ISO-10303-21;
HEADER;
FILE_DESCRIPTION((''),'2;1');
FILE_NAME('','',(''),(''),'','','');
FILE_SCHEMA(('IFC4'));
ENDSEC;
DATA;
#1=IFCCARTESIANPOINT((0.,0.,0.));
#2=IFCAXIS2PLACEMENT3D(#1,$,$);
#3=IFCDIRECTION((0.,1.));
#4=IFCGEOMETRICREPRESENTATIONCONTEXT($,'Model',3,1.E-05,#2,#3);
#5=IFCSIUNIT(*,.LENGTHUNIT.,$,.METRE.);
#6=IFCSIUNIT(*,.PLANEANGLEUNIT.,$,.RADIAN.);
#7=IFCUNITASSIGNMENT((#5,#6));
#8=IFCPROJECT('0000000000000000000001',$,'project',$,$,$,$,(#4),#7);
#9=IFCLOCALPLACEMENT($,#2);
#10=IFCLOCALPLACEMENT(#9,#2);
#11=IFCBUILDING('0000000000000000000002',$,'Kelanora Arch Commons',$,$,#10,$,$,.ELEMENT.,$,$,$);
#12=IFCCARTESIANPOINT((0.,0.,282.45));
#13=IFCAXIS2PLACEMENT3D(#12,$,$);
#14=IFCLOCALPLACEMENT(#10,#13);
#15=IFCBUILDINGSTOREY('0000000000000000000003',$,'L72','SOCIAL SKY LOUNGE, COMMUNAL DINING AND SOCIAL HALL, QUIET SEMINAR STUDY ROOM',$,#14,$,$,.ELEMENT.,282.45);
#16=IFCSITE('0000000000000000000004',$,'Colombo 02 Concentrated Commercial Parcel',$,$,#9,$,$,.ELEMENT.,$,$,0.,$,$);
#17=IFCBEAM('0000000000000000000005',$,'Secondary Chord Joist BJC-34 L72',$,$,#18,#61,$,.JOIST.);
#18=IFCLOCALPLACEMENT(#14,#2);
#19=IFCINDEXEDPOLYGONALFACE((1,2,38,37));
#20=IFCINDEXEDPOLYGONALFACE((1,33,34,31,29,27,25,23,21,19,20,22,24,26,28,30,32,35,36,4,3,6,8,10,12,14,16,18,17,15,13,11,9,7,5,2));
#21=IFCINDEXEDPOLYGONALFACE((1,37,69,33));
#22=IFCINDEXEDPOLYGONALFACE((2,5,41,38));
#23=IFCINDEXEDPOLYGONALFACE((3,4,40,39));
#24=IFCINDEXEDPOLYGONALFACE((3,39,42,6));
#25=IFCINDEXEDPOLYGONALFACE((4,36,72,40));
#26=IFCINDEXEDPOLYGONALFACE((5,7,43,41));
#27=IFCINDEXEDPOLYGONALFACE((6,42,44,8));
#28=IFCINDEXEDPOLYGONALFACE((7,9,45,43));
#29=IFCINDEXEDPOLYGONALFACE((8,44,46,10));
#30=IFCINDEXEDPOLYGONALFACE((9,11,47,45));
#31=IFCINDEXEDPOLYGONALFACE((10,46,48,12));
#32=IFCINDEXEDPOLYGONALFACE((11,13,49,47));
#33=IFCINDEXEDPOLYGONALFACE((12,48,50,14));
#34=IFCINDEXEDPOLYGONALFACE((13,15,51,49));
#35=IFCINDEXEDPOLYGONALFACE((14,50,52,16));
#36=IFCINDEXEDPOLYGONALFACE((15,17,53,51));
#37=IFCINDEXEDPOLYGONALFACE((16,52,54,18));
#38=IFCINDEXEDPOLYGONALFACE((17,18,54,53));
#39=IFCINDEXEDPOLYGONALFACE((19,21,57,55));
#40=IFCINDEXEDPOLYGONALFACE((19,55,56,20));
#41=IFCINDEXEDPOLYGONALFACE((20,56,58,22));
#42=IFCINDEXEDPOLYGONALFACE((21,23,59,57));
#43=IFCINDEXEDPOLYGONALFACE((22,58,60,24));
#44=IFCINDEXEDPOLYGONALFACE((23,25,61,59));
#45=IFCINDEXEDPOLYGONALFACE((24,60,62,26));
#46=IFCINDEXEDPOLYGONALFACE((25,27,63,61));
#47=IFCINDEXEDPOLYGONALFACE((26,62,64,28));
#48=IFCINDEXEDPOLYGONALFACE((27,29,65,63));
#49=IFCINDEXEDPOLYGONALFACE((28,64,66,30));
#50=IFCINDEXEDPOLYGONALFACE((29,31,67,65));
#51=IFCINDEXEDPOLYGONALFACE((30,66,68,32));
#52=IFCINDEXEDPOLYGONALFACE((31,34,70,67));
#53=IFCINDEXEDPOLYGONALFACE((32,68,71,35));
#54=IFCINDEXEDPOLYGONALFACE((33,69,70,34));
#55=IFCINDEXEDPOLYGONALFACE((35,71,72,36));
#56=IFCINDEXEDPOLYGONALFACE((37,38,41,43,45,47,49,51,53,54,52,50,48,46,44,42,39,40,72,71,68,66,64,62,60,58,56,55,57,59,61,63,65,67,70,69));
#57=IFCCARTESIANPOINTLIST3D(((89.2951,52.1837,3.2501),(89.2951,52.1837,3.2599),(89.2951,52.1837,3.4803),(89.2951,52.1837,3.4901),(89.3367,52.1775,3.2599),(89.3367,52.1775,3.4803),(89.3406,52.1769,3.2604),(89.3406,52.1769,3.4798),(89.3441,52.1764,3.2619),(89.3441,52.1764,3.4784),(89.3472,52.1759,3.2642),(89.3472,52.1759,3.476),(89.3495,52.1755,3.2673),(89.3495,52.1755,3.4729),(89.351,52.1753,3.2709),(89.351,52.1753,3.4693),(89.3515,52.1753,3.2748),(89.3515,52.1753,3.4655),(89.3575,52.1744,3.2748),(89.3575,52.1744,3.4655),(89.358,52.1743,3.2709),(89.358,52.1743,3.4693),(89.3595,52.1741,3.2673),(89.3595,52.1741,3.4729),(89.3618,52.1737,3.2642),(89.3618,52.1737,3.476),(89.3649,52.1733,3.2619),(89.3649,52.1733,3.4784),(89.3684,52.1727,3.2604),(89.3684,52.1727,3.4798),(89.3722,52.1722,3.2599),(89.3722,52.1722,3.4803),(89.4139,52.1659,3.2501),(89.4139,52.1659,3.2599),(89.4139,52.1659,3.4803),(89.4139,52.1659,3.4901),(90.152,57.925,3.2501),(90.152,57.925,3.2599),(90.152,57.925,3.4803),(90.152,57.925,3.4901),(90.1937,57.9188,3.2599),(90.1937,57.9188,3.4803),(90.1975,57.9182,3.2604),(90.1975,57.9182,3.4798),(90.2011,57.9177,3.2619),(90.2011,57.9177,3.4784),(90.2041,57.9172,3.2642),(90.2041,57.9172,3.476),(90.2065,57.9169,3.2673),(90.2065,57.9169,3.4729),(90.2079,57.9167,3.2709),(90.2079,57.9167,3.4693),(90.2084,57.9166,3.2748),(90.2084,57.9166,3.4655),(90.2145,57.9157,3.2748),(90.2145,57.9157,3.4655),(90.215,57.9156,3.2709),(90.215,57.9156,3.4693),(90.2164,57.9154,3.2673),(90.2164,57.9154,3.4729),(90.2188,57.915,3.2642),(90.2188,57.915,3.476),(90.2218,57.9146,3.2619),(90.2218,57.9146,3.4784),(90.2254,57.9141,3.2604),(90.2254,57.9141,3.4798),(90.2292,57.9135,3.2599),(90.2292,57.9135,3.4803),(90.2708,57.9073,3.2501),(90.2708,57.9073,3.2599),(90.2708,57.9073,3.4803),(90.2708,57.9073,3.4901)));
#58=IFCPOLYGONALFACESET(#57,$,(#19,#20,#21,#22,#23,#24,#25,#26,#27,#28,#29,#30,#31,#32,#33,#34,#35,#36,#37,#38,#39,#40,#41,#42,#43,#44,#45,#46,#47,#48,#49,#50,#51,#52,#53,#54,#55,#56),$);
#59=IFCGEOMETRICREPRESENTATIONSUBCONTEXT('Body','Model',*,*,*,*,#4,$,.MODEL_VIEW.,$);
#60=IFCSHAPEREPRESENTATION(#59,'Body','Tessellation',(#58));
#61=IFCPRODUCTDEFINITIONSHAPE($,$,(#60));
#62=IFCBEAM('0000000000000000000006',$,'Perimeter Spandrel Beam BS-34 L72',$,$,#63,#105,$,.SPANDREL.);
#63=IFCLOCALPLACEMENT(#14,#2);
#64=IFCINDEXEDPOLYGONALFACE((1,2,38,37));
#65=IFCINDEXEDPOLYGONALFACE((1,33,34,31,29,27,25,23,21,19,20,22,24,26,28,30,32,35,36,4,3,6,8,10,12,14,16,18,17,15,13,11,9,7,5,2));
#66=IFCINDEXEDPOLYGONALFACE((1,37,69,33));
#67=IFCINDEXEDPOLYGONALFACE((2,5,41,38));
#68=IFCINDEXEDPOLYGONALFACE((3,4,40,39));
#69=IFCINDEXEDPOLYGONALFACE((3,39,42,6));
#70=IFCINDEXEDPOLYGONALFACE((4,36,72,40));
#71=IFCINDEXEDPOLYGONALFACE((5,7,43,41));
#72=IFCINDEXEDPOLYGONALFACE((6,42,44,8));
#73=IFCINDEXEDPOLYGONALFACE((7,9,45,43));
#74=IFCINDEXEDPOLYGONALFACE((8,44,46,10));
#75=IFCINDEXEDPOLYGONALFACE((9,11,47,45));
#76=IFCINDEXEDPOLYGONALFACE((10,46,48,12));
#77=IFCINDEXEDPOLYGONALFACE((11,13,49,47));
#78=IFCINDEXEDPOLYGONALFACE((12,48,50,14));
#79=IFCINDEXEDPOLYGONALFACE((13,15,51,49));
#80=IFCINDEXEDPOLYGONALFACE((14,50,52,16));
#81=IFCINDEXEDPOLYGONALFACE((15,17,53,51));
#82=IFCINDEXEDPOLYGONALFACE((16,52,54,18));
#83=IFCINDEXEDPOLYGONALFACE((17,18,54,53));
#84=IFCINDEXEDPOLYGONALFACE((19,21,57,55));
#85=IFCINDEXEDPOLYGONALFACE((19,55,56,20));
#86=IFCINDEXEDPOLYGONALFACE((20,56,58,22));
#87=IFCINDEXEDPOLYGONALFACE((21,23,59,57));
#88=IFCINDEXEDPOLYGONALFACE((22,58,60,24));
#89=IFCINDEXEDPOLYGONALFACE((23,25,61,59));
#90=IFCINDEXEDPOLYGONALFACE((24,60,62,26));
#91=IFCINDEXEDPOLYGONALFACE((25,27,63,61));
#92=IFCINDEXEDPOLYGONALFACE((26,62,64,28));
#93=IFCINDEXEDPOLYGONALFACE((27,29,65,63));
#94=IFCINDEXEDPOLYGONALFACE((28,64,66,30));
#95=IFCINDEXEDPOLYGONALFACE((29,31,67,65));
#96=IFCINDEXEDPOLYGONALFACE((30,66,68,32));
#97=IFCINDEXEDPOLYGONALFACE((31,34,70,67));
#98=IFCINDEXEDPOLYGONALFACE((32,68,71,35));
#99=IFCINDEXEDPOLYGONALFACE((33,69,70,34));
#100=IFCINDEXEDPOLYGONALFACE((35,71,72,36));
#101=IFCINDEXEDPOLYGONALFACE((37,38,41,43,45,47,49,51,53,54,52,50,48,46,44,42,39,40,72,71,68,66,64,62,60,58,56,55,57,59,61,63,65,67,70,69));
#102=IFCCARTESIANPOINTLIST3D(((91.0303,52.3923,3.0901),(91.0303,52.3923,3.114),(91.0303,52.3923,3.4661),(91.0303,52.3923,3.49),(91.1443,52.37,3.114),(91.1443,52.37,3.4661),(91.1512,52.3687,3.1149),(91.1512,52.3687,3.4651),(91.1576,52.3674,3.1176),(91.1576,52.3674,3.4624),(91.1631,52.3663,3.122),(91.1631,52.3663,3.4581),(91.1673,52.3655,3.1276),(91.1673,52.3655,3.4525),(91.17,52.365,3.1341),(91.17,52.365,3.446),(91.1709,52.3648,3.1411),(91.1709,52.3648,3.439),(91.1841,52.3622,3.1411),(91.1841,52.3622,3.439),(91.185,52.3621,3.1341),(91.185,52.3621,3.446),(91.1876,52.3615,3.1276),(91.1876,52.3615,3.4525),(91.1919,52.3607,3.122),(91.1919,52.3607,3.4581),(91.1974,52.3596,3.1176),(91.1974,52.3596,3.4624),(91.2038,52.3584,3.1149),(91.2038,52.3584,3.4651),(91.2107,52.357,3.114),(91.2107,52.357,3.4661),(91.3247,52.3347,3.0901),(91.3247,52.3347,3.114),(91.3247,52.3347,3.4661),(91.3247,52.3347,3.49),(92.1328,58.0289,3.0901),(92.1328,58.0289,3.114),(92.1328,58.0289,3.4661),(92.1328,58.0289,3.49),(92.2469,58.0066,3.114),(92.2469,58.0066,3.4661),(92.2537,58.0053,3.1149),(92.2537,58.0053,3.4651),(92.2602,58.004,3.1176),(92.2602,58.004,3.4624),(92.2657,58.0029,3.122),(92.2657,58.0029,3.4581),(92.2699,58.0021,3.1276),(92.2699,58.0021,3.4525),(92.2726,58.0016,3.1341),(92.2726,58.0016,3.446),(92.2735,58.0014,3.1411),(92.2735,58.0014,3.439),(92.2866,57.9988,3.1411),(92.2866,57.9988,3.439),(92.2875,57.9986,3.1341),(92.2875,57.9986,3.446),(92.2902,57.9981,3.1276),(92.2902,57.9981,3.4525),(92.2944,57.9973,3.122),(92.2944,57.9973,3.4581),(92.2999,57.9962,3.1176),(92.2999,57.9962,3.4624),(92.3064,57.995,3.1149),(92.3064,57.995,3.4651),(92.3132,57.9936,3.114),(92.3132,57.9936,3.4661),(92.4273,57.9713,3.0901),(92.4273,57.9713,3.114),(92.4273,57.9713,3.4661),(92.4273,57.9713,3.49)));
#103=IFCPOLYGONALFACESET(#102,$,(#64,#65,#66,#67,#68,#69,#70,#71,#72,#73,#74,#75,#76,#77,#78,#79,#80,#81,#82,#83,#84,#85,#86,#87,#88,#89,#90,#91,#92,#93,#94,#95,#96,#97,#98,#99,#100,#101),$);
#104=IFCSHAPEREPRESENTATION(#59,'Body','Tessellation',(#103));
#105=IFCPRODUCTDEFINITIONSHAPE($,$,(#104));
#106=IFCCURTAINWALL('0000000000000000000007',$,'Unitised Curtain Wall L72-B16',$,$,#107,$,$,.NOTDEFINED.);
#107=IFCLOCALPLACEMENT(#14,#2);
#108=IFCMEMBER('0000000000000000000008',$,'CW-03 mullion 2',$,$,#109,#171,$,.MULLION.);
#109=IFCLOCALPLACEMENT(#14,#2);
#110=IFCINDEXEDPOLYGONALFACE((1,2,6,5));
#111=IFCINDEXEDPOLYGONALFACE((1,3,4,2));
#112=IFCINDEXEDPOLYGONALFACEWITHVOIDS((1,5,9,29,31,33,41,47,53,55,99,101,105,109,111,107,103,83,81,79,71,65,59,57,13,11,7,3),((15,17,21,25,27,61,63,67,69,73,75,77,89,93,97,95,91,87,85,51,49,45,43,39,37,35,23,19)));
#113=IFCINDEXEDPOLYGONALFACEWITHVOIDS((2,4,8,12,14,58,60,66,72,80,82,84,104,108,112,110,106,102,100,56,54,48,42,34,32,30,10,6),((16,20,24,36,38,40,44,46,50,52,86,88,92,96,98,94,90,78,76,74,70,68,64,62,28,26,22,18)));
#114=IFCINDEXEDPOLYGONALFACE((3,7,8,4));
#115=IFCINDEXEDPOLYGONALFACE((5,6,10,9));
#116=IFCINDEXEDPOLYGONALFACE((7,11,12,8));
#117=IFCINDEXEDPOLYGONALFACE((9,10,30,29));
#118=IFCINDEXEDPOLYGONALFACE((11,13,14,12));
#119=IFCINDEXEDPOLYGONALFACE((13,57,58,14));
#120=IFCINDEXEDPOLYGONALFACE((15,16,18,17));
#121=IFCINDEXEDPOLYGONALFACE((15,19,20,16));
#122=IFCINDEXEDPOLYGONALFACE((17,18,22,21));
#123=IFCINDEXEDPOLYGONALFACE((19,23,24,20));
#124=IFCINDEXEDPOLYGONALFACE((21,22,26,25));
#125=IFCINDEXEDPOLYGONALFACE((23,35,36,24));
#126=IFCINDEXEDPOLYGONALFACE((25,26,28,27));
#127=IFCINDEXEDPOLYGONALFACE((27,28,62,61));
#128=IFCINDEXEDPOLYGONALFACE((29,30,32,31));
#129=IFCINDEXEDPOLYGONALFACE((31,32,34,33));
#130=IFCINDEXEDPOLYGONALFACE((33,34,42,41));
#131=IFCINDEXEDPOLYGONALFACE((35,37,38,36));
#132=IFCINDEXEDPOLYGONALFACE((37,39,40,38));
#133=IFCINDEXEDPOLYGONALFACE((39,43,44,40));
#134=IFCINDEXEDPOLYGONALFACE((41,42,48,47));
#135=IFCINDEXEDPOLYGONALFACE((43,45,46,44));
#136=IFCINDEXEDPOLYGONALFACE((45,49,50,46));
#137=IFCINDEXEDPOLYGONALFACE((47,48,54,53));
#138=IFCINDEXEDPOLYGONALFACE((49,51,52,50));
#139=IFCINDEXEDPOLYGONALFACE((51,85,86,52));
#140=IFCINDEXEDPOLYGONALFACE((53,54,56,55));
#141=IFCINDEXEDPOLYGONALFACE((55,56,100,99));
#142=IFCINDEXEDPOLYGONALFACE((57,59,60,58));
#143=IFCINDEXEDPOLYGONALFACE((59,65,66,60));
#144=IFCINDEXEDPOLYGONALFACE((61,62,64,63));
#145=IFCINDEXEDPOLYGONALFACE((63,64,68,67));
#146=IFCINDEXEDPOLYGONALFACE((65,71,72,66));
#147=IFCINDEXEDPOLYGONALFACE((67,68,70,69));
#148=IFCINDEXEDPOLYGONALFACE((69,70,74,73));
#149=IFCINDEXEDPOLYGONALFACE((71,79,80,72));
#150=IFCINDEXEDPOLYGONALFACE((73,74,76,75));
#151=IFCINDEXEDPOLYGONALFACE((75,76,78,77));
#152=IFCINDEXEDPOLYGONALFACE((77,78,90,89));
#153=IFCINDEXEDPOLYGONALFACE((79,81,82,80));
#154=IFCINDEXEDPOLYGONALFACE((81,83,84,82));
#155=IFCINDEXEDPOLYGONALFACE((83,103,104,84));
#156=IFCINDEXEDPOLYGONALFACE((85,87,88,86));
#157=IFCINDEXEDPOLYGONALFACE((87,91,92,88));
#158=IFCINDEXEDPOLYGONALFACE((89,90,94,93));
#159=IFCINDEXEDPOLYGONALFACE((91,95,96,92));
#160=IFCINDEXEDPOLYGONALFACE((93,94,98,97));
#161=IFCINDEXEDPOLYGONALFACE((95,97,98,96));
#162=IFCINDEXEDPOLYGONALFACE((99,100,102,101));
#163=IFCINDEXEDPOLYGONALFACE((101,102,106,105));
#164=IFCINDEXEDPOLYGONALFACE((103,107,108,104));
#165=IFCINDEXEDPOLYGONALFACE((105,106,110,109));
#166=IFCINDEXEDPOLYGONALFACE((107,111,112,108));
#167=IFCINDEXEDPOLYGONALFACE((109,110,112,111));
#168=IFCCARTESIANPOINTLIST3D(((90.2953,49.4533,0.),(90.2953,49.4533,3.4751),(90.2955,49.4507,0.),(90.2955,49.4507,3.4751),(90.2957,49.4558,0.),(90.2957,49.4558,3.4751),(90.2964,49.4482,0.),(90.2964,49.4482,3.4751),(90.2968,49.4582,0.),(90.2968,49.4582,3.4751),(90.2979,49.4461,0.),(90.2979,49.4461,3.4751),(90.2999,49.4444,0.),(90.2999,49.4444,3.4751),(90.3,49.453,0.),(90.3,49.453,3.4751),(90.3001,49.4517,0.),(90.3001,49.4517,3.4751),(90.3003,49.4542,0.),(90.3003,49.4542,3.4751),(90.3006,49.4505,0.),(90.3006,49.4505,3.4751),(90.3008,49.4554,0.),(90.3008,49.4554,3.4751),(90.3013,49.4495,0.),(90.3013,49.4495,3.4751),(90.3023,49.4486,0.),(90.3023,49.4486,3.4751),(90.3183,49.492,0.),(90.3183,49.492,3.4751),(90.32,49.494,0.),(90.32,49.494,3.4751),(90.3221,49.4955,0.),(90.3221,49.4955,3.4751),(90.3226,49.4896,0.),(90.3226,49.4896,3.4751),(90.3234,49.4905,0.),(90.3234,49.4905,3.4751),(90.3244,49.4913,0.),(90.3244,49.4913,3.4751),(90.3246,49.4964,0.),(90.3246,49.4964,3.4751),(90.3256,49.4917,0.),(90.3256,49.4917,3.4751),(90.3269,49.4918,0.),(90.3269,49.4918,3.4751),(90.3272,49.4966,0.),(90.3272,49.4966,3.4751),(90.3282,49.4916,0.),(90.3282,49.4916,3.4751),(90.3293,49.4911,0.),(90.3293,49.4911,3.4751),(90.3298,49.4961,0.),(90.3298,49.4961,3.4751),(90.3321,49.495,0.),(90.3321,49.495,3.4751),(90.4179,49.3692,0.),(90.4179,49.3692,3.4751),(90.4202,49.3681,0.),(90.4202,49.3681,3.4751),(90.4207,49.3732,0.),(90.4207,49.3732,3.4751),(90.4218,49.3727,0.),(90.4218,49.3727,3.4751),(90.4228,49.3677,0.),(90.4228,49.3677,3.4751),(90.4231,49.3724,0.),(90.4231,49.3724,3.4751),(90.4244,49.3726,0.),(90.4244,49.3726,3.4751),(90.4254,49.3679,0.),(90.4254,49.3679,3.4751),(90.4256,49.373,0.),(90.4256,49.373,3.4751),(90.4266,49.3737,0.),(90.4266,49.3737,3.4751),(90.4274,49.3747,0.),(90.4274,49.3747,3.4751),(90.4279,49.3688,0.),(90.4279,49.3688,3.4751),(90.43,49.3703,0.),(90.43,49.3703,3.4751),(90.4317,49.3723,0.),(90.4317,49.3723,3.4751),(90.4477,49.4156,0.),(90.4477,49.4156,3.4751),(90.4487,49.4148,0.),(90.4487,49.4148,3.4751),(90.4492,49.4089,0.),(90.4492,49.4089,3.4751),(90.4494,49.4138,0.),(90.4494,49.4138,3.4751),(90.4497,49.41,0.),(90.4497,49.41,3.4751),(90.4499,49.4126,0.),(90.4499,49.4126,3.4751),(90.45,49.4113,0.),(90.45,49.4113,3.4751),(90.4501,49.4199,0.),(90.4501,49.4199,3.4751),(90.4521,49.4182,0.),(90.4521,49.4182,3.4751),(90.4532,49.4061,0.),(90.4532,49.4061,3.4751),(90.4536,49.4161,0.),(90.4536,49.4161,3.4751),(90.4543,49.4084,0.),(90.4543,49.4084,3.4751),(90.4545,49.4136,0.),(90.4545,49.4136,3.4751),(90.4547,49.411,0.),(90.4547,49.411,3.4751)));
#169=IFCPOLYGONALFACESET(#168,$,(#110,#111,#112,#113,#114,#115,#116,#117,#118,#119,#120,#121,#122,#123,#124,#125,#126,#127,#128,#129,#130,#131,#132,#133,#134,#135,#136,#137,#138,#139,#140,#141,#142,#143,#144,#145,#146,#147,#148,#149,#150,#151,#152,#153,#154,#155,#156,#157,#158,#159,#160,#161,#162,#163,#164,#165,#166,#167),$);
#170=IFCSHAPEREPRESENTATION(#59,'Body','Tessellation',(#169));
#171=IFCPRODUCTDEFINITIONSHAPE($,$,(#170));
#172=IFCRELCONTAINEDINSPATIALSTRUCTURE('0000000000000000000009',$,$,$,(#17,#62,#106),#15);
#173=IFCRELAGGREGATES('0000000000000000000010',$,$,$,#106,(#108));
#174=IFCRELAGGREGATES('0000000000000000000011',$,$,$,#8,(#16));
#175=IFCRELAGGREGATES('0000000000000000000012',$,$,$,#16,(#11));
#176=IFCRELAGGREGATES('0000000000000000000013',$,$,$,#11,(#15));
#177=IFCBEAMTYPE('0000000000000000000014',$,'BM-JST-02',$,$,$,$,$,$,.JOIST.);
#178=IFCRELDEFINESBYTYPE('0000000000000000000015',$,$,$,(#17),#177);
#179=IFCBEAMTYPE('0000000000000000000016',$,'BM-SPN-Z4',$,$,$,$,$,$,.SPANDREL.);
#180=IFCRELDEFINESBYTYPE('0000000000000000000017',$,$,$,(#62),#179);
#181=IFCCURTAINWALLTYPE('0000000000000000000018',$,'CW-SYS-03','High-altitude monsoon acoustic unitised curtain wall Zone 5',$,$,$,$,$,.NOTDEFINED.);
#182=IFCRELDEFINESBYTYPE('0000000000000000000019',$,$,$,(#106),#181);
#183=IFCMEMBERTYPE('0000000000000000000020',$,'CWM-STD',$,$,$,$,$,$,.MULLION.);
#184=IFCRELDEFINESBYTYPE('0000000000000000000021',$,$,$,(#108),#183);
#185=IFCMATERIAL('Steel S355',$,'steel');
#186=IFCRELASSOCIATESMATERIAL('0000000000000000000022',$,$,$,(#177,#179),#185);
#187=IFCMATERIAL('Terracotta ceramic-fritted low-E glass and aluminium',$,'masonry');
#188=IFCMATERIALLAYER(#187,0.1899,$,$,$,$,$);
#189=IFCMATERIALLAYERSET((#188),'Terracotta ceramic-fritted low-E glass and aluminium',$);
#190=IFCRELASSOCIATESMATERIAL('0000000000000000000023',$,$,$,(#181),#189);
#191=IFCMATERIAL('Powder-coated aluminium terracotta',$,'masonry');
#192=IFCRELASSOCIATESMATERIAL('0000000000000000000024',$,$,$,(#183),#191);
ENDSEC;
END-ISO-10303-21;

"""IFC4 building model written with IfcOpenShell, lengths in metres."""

from ifc_helpers import new_model, si_unit, direction, frame, origin, origin_2d, place, context, subcontext, project, spatial, hollow_rectangle, i_section, extrude, material, layer, layer_set, material_profile, profile_set, type_object, element, aggregate, save


model = new_model("IFC4")

# Units and contexts
model_context = context("Model", 3, precision=1e-05, world=origin(), true_north=direction((0.0, 1.0)))
body_context = subcontext(model_context, "Body", "Model", "MODEL_VIEW")
ifc_project = project(units=[si_unit("LENGTHUNIT", "METRE"), si_unit("PLANEANGLEUNIT", "RADIAN")], contexts=[model_context])

# Site, building, storey
site_placement = place(None, origin())
site = spatial("IfcSite", under=ifc_project, at=site_placement, Name="Colombo 02 Concentrated Commercial Parcel", CompositionType="ELEMENT", RefElevation=0.0)
building_placement = place(site_placement, origin())
building = spatial("IfcBuilding", under=site, at=building_placement, Name="Kelanora Arch Commons", CompositionType="ELEMENT")
storey_placement = place(building_placement, frame((0.0, 0.0, 282.45)))
storey = spatial("IfcBuildingStorey", under=building, at=storey_placement, Name="L72", Description="SOCIAL SKY LOUNGE, COMMUNAL DINING AND SOCIAL HALL, QUIET SEMINAR STUDY ROOM", CompositionType="ELEMENT", Elevation=282.45)

# Beams
ifc_material_1 = material(Name="Steel S355", Category="steel")
ifc_material_profile_1 = material_profile(ifc_material_1, i_section(OverallWidth=0.1201, OverallDepth=0.24, WebThickness=0.0061, FlangeThickness=0.0098, FilletRadius=0.0149, at=origin_2d()), Name="IPE240")
ifc_profile_set_1 = profile_set([ifc_material_profile_1], Name="Steel S355")
beam_type_1 = type_object("IfcBeamType", Name="BM-JST-02", PredefinedType="JOIST", material=ifc_profile_set_1)
beam_1_placement = place(storey_placement, frame((89.3545, 52.1748, 3.3701), z_axis=(0.147625, 0.989043, 0.0), x_axis=(-0.989043, 0.147625, 0.0)))
element("IfcBeam", 1, at=beam_1_placement, inside=storey, type_object=beam_type_1, Name="Secondary Chord Joist BJC-34 L72", PredefinedType="JOIST", context=body_context, shape_type="SweptSolid", body=[
    extrude(i_section(OverallWidth=0.1201, OverallDepth=0.24, WebThickness=0.0061, FlangeThickness=0.0098, FilletRadius=0.0149, at=origin_2d()), origin(), (0.0, 0.0, 1.0), 5.8049),
])
ifc_material_profile_2 = material_profile(ifc_material_1, i_section(OverallWidth=0.3, OverallDepth=0.3999, WebThickness=0.0134, FlangeThickness=0.0239, FilletRadius=0.0271, at=origin_2d()), Name="HEB400")
ifc_profile_set_2 = profile_set([ifc_material_profile_2], Name="Steel S355")
beam_type_2 = type_object("IfcBeamType", Name="BM-SPN-Z4", PredefinedType="SPANDREL", material=ifc_profile_set_2)
beam_2_placement = place(storey_placement, frame((91.1775, 52.3635, 3.29), z_axis=(0.19197, 0.981401, 0.0), x_axis=(-0.981401, 0.19197, 0.0)))
element("IfcBeam", 2, at=beam_2_placement, inside=storey, type_object=beam_type_2, Name="Perimeter Spandrel Beam BS-34 L72", PredefinedType="SPANDREL", context=body_context, shape_type="SweptSolid", body=[
    extrude(i_section(OverallWidth=0.3, OverallDepth=0.3999, WebThickness=0.0134, FlangeThickness=0.0239, FilletRadius=0.0271, at=origin_2d()), origin(), (0.0, 0.0, 1.0), 5.7434),
])

# Curtain wall, member
ifc_material_2 = material(Name="Terracotta ceramic-fritted low-E glass and aluminium", Category="masonry")
ifc_layer_1 = layer(ifc_material_2, 0.1899)
ifc_layer_set_1 = layer_set([ifc_layer_1], Name="Terracotta ceramic-fritted low-E glass and aluminium")
curtain_wall_type = type_object("IfcCurtainWallType", Name="CW-SYS-03", Description="High-altitude monsoon acoustic unitised curtain wall Zone 5", PredefinedType="NOTDEFINED", material=ifc_layer_set_1)
curtain_wall_placement = place(storey_placement, origin())
curtain_wall = element("IfcCurtainWall", 3, at=curtain_wall_placement, inside=storey, type_object=curtain_wall_type, Name="Unitised Curtain Wall L72-B16", PredefinedType="NOTDEFINED")
ifc_material_3 = material(Name="Powder-coated aluminium terracotta", Category="masonry")
ifc_material_profile_3 = material_profile(ifc_material_3, hollow_rectangle(XDim=0.1599, YDim=0.0601, WallThickness=0.0049, InnerFilletRadius=0.0049, OuterFilletRadius=0.01, at=origin_2d()), Name="CWM160x60")
ifc_profile_set_3 = profile_set([ifc_material_profile_3], Name="Powder-coated aluminium terracotta")
member_type_1 = type_object("IfcMemberType", Name="CWM-STD", PredefinedType="MULLION", material=ifc_profile_set_3)
member_1_placement = place(storey_placement, frame((90.375, 49.4321, 0.0), z_axis=(0.0, 0.0, 1.0), x_axis=(-0.843391, 0.5373, 0.0)))
member_1 = element("IfcMember", 4, at=member_1_placement, type_object=member_type_1, Name="CW-03 mullion 2", PredefinedType="MULLION", context=body_context, shape_type="SweptSolid", body=[
    extrude(hollow_rectangle(XDim=0.1599, YDim=0.0601, WallThickness=0.0049, InnerFilletRadius=0.0049, OuterFilletRadius=0.01, at=origin_2d()), origin(), (0.0, 0.0, 1.0), 3.4751),
])
aggregate(curtain_wall, [member_1])

save(model, "model.ifc")
